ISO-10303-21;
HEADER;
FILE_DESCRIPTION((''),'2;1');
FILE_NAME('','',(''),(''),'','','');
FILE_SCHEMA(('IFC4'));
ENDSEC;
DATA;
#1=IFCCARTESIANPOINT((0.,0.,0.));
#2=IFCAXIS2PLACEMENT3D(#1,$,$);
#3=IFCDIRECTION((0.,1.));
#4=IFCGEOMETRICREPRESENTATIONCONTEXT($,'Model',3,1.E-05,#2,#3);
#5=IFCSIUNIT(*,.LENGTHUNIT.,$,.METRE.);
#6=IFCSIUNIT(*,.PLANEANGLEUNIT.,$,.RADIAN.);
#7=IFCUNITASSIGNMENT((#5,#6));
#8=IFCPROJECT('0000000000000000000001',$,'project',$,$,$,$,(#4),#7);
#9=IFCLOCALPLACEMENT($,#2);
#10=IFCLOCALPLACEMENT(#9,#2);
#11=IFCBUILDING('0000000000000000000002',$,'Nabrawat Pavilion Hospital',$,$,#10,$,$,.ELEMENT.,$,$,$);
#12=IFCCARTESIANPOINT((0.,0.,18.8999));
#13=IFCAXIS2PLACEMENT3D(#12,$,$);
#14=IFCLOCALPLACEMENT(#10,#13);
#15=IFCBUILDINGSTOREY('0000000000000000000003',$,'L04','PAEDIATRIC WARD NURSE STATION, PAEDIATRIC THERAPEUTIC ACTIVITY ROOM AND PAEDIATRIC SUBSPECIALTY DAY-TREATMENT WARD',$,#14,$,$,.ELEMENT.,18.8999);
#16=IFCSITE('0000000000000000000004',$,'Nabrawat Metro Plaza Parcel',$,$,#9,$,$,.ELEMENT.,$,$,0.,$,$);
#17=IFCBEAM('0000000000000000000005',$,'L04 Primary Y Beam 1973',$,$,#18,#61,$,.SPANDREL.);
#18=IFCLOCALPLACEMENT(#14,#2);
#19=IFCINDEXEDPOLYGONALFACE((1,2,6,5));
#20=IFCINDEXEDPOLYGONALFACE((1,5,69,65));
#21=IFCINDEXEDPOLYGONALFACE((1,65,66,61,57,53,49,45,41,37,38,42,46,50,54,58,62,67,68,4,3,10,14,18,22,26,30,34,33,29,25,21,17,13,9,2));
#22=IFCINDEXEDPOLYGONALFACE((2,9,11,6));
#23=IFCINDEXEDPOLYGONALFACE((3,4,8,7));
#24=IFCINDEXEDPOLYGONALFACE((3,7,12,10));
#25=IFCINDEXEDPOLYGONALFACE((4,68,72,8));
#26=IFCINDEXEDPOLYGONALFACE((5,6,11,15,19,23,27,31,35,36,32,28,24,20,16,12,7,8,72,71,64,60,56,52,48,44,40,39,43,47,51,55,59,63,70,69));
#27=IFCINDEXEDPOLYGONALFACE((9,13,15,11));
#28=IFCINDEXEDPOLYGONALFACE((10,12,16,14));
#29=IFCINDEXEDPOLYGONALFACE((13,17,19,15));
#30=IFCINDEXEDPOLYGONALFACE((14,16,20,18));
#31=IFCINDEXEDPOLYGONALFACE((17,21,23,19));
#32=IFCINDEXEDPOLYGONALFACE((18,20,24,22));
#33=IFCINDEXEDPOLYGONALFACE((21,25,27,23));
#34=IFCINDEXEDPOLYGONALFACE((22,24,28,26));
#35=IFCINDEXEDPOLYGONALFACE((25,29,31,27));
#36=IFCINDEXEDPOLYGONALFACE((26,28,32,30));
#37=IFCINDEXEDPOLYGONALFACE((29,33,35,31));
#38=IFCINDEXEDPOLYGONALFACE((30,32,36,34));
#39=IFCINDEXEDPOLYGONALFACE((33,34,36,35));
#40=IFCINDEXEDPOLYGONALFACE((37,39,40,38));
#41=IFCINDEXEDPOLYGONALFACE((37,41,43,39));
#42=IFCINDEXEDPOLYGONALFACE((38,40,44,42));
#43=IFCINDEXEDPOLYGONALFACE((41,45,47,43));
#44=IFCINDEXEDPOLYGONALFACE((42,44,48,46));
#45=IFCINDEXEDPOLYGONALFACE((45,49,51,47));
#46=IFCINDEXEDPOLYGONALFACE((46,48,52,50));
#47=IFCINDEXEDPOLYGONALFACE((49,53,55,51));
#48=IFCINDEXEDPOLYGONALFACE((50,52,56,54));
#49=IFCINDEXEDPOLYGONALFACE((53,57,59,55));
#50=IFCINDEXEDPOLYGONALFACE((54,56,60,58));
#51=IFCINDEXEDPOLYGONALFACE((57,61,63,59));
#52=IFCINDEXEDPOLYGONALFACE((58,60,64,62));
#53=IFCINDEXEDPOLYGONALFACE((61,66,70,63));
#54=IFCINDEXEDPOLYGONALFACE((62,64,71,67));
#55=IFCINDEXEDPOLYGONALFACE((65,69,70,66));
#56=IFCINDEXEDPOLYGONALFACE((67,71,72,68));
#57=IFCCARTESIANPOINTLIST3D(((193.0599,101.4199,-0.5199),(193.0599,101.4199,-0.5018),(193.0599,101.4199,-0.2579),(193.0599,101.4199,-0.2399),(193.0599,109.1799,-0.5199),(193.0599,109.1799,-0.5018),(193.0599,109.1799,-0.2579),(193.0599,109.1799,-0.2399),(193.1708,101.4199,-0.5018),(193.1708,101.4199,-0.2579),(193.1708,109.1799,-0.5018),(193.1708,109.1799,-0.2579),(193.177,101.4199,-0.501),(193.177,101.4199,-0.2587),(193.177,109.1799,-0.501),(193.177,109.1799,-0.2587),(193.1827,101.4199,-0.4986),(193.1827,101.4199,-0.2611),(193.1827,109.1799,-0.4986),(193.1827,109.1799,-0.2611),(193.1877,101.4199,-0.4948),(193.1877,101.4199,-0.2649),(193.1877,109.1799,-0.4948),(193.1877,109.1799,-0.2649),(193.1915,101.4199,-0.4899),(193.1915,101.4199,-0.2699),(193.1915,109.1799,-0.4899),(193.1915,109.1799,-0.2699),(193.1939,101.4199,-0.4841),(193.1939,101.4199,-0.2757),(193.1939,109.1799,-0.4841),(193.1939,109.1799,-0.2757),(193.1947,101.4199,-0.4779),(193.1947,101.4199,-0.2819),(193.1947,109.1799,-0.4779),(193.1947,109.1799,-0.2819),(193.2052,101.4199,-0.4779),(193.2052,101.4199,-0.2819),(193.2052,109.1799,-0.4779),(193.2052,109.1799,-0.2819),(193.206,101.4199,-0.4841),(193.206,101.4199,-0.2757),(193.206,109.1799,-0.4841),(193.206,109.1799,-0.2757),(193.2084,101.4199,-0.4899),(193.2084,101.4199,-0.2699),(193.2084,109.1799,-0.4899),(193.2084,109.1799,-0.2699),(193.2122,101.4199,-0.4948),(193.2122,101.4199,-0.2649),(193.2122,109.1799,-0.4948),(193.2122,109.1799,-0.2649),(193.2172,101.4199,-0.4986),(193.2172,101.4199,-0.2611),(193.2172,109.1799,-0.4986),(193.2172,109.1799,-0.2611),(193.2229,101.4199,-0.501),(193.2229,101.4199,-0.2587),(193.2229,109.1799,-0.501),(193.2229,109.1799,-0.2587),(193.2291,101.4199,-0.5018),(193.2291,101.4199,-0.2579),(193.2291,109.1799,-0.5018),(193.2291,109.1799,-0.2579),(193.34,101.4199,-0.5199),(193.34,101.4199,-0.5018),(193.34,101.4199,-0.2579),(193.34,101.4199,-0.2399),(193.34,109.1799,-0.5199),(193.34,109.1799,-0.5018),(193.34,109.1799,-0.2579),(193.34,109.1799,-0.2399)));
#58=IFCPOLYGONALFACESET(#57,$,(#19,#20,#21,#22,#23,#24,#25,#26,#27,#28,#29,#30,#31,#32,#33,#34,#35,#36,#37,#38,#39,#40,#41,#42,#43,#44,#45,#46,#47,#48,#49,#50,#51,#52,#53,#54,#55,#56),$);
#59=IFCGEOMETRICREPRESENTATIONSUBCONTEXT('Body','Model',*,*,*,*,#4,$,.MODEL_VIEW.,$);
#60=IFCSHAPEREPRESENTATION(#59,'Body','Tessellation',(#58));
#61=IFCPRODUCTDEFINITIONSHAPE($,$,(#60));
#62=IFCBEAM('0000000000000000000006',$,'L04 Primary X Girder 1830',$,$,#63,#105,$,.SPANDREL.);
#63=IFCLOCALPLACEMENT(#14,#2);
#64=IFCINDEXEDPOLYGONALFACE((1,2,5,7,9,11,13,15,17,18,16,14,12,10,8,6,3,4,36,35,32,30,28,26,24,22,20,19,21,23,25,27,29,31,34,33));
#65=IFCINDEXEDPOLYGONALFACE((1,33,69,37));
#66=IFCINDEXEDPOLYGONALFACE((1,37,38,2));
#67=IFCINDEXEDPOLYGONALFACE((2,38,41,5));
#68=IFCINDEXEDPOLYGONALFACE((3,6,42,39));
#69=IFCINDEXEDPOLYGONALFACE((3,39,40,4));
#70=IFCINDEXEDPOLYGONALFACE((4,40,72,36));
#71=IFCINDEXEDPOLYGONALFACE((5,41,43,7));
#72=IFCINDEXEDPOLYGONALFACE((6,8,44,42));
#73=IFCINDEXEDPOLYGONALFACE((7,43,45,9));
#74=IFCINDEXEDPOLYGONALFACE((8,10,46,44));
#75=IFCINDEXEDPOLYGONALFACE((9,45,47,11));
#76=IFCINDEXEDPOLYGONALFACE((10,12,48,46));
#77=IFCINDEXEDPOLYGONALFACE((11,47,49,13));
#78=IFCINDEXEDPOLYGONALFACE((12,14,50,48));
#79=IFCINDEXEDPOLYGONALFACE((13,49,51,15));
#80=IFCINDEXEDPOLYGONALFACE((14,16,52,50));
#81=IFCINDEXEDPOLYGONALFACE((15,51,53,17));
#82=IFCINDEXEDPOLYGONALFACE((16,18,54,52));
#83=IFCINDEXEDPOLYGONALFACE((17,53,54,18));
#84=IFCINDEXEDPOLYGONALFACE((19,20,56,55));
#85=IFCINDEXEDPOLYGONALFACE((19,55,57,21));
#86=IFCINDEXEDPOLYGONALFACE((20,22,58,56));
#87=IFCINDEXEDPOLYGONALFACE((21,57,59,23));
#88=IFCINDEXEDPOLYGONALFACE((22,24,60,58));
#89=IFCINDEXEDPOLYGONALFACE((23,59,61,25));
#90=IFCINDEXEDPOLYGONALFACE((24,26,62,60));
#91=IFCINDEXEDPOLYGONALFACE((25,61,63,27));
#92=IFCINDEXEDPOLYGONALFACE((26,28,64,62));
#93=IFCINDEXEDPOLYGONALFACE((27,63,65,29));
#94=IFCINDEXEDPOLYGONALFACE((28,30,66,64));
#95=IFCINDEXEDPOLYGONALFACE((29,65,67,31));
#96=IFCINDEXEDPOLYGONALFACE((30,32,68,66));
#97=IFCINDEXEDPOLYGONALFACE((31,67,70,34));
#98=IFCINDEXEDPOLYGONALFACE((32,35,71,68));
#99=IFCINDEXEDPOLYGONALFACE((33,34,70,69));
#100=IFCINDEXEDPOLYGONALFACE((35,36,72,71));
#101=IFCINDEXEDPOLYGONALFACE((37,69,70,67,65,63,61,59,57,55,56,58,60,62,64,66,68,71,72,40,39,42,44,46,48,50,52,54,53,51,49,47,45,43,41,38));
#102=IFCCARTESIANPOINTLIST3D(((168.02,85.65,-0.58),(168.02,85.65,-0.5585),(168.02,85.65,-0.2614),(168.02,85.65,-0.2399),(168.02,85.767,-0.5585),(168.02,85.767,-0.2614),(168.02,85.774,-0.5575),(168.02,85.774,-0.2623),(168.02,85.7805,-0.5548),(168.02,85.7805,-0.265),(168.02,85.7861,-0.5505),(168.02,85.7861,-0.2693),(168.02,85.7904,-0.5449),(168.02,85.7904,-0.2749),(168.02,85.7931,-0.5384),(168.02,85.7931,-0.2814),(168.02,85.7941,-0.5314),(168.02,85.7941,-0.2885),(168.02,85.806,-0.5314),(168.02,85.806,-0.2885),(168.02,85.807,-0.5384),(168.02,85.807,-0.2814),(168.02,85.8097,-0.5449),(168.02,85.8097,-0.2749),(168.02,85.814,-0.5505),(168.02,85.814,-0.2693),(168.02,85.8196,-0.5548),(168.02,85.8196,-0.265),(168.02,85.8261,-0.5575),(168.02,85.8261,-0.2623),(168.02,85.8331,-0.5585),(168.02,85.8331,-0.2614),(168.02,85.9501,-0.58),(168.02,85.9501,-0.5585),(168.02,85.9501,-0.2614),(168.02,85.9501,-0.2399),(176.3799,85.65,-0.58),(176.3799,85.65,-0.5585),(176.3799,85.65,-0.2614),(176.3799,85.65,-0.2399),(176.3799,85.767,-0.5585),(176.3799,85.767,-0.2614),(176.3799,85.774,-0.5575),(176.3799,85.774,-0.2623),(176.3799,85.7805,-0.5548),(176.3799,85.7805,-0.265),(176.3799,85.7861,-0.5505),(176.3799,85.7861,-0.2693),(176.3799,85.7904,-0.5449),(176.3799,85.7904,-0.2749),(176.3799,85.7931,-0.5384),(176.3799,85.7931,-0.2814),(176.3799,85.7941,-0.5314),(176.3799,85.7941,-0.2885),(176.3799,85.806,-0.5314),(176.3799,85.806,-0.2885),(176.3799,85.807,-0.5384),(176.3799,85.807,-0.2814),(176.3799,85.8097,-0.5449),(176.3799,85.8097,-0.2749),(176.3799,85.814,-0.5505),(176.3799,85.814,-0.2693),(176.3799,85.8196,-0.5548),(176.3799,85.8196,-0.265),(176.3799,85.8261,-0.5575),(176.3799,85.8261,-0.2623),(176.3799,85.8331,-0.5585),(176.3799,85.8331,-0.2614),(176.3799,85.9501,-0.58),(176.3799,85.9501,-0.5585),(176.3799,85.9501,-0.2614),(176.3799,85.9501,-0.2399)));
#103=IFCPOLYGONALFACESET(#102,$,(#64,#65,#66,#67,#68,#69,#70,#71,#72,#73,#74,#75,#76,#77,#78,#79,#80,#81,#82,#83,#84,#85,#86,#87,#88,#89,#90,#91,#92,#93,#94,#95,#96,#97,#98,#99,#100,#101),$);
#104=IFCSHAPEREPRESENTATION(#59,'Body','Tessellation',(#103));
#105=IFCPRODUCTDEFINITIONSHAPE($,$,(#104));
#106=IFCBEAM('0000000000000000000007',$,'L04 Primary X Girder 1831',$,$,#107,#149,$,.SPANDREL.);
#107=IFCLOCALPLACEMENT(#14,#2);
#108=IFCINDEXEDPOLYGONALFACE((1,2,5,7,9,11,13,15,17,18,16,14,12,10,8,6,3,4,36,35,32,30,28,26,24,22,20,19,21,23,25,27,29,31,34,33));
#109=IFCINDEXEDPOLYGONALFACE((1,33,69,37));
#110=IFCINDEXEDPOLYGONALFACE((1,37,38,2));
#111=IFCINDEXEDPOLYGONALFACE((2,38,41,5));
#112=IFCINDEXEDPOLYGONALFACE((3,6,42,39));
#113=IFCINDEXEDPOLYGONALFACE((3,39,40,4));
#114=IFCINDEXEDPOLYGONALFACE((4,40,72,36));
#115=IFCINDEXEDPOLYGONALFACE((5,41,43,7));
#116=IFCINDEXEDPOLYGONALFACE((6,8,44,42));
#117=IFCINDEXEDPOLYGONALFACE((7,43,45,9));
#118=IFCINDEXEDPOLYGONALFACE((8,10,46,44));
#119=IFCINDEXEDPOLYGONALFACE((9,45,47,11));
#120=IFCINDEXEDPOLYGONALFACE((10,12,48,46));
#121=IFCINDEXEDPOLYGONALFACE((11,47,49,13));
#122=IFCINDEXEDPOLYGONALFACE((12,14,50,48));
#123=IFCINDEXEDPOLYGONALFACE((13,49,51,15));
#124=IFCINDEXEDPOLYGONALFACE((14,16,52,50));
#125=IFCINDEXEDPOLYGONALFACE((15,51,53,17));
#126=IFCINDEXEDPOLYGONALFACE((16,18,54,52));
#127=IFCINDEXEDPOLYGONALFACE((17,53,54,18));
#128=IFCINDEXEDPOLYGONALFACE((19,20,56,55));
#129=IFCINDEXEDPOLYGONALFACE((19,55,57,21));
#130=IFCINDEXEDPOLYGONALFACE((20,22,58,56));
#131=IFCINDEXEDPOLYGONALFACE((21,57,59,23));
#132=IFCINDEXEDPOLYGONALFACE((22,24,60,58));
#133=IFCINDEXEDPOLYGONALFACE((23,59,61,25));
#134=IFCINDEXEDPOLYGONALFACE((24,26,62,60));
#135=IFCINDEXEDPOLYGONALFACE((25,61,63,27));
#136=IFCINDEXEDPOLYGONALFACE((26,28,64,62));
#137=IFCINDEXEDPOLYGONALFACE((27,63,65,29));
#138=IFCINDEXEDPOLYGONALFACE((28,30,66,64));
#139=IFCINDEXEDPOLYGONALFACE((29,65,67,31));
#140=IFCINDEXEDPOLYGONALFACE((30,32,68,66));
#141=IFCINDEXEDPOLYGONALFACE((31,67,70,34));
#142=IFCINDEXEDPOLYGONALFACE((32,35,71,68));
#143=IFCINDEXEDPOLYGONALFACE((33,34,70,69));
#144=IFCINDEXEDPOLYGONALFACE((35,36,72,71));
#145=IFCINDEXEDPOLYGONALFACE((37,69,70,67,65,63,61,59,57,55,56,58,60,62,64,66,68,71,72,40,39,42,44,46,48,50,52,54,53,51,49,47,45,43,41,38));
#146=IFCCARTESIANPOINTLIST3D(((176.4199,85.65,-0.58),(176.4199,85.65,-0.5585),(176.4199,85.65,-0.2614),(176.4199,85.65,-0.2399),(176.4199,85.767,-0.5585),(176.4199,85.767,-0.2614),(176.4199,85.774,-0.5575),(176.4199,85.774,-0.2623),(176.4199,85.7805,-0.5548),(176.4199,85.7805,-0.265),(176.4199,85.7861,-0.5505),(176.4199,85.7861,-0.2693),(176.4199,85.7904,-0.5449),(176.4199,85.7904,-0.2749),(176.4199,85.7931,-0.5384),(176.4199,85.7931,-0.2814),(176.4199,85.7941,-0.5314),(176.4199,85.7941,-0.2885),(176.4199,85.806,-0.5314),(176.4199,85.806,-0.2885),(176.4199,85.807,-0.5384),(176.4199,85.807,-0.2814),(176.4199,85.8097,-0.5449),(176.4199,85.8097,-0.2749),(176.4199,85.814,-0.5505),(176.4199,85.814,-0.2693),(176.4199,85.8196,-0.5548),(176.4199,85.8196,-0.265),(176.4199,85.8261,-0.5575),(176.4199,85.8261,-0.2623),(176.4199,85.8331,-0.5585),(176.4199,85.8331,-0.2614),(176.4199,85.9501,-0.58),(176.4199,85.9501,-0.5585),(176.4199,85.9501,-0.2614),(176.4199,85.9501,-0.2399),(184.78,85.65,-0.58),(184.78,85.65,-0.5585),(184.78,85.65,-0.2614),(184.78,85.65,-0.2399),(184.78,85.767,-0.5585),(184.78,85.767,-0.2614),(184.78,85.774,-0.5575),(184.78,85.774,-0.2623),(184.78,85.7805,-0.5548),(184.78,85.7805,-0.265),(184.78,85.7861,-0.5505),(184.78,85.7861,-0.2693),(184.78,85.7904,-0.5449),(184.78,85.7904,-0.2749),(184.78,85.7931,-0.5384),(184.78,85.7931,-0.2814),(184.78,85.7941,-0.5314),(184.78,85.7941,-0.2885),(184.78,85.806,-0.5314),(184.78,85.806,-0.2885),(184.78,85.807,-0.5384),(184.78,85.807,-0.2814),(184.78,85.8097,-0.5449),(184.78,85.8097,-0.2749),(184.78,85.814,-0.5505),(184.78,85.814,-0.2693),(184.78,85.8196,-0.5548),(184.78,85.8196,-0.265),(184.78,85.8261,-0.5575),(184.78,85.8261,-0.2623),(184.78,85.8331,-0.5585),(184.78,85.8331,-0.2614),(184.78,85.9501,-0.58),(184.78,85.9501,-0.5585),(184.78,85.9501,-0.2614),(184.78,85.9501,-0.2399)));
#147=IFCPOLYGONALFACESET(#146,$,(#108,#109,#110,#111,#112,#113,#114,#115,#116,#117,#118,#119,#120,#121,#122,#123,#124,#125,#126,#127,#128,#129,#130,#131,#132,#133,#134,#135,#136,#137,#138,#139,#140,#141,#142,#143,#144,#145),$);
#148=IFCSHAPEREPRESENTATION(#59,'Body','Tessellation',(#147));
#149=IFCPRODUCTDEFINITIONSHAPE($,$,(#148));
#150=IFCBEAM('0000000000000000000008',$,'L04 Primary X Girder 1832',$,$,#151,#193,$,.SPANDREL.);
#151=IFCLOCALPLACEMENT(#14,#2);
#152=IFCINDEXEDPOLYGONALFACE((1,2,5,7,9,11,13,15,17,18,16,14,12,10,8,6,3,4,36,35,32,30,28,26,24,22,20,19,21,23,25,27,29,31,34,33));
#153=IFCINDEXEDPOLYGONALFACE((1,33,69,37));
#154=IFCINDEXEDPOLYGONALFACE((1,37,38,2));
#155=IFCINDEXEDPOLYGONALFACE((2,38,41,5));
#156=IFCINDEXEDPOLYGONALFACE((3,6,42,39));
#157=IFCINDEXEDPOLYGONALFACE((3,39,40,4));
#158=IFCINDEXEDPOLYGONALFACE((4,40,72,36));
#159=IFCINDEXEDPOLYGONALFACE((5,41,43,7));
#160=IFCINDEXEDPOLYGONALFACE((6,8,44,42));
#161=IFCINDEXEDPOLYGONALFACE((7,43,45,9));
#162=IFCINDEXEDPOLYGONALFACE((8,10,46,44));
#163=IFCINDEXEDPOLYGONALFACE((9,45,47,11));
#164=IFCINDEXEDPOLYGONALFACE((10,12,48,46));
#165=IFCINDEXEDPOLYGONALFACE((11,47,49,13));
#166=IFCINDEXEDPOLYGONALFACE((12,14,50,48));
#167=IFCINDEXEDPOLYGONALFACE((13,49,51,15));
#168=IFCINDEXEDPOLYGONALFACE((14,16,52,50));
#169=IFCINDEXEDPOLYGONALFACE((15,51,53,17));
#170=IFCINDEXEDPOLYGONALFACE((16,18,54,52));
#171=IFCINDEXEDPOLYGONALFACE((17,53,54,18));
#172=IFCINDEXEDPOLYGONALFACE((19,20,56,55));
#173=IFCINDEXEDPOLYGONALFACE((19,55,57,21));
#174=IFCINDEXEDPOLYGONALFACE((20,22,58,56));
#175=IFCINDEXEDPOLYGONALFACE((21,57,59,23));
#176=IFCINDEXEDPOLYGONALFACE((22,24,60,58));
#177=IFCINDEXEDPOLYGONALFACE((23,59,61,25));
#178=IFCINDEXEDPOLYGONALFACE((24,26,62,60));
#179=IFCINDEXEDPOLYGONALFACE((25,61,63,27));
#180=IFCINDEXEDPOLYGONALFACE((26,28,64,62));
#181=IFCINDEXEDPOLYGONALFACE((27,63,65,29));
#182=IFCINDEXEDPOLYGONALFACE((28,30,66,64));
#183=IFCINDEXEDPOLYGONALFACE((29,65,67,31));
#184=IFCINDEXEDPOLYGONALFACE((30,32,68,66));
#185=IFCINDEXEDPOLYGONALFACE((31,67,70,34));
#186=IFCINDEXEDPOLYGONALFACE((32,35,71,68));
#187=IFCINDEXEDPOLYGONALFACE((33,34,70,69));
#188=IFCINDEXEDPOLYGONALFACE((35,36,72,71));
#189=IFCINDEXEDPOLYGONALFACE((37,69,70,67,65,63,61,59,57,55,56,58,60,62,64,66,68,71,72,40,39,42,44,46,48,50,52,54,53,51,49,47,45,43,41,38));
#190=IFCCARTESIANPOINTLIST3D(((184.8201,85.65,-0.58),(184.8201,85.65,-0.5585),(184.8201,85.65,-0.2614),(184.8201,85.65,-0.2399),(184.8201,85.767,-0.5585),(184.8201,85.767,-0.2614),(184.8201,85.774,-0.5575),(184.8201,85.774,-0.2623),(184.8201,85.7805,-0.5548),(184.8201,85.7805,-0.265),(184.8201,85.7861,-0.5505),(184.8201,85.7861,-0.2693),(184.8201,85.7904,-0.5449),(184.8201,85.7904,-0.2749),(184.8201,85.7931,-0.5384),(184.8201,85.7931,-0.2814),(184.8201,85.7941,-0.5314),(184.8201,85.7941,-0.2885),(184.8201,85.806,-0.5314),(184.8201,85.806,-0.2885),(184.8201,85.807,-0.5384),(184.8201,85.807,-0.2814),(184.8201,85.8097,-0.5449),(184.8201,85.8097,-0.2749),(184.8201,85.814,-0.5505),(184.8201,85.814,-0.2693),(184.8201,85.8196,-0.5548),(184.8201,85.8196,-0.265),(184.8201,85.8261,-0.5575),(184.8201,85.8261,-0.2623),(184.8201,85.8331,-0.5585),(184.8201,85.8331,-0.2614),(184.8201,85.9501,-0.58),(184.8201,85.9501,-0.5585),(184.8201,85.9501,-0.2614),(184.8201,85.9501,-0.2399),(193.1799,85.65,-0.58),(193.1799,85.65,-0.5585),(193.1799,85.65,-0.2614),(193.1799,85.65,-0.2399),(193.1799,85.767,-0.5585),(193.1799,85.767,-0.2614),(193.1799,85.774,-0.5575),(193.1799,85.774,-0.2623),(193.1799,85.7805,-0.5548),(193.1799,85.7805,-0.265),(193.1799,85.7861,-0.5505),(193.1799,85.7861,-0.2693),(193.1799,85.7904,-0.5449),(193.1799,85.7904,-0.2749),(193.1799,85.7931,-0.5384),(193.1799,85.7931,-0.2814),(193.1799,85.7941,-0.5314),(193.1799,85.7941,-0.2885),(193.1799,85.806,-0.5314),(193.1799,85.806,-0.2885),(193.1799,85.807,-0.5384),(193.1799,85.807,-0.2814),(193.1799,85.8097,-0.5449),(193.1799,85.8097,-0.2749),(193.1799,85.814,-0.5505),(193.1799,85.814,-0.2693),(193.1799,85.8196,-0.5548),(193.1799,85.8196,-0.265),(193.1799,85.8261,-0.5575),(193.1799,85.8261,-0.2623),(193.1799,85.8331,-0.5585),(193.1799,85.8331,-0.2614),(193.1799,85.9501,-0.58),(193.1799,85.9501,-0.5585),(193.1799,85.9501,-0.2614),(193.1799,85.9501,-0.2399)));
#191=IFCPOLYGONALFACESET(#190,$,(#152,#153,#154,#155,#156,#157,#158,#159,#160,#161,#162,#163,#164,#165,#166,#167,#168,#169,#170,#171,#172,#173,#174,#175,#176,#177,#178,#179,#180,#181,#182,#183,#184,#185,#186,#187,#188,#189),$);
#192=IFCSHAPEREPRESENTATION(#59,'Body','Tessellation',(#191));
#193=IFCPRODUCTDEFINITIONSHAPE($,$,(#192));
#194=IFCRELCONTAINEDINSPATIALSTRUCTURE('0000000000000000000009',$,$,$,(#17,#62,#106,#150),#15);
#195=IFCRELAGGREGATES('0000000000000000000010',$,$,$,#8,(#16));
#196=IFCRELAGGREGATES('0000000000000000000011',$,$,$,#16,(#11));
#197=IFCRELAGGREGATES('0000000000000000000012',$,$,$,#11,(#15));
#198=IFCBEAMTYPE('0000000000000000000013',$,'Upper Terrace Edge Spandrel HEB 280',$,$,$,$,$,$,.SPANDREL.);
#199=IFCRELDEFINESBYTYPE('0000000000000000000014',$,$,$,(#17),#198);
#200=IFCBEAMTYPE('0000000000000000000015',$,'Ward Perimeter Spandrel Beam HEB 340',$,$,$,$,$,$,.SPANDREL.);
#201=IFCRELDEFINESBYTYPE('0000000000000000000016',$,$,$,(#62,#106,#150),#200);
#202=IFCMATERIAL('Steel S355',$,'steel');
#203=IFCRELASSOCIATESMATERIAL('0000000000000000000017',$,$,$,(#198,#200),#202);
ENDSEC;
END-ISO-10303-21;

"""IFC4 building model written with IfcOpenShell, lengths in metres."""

from ifc_helpers import new_model, si_unit, direction, frame, origin, origin_2d, place, context, subcontext, project, spatial, i_section, extrude, material, material_profile, profile_set, type_object, element, save


model = new_model("IFC4")

# Units and contexts
model_context = context("Model", 3, precision=1e-05, world=origin(), true_north=direction((0.0, 1.0)))
body_context = subcontext(model_context, "Body", "Model", "MODEL_VIEW")
ifc_project = project(units=[si_unit("LENGTHUNIT", "METRE"), si_unit("PLANEANGLEUNIT", "RADIAN")], contexts=[model_context])

# Site, building, storey
site_placement = place(None, origin())
site = spatial("IfcSite", under=ifc_project, at=site_placement, Name="Nabrawat Metro Plaza Parcel", CompositionType="ELEMENT", RefElevation=0.0)
building_placement = place(site_placement, origin())
building = spatial("IfcBuilding", under=site, at=building_placement, Name="Nabrawat Pavilion Hospital", CompositionType="ELEMENT")
storey_placement = place(building_placement, frame((0.0, 0.0, 18.8999)))
storey = spatial("IfcBuildingStorey", under=building, at=storey_placement, Name="L04", Description="PAEDIATRIC WARD NURSE STATION, PAEDIATRIC THERAPEUTIC ACTIVITY ROOM AND PAEDIATRIC SUBSPECIALTY DAY-TREATMENT WARD", CompositionType="ELEMENT", Elevation=18.8999)

# Shared definitions
ifc_material_1 = material(Name="Steel S355", Category="steel")

# Beams
ifc_material_profile_1 = material_profile(ifc_material_1, i_section(OverallWidth=0.28, OverallDepth=0.28, WebThickness=0.0105, FlangeThickness=0.0181, FilletRadius=0.0239, at=origin_2d()), Name="HEB 280")
ifc_profile_set_1 = profile_set([ifc_material_profile_1], Name="Steel S355")
beam_type_1 = type_object("IfcBeamType", Name="Upper Terrace Edge Spandrel HEB 280", PredefinedType="SPANDREL", material=ifc_profile_set_1)
beam_1_placement = place(storey_placement, frame((193.2, 101.4199, -0.3799), z_axis=(0.0, 1.0, 0.0), x_axis=(-1.0, 0.0, 0.0)))
element("IfcBeam", 1, at=beam_1_placement, inside=storey, type_object=beam_type_1, Name="L04 Primary Y Beam 1973", PredefinedType="SPANDREL", context=body_context, shape_type="SweptSolid", body=[
    extrude(i_section(OverallWidth=0.28, OverallDepth=0.28, WebThickness=0.0105, FlangeThickness=0.0181, FilletRadius=0.0239, at=origin_2d()), origin(), (0.0, 0.0, 1.0), 7.76),
])
ifc_material_profile_2 = material_profile(ifc_material_1, i_section(OverallWidth=0.3, OverallDepth=0.3401, WebThickness=0.012, FlangeThickness=0.0215, FilletRadius=0.0271, at=origin_2d()), Name="HEB 340")
ifc_profile_set_2 = profile_set([ifc_material_profile_2], Name="Steel S355")
beam_type_2 = type_object("IfcBeamType", Name="Ward Perimeter Spandrel Beam HEB 340", PredefinedType="SPANDREL", material=ifc_profile_set_2)
beam_2_placement = place(storey_placement, frame((168.02, 85.8, -0.4099), z_axis=(1.0, 0.0, 0.0), x_axis=(0.0, 1.0, 0.0)))
element("IfcBeam", 2, at=beam_2_placement, inside=storey, type_object=beam_type_2, Name="L04 Primary X Girder 1830", PredefinedType="SPANDREL", context=body_context, shape_type="SweptSolid", body=[
    extrude(i_section(OverallWidth=0.3, OverallDepth=0.3401, WebThickness=0.012, FlangeThickness=0.0215, FilletRadius=0.0271, at=origin_2d()), origin(), (0.0, 0.0, 1.0), 8.3599),
])
beam_3_placement = place(storey_placement, frame((176.4199, 85.8, -0.4099), z_axis=(1.0, 0.0, 0.0), x_axis=(0.0, 1.0, 0.0)))
element("IfcBeam", 3, at=beam_3_placement, inside=storey, type_object=beam_type_2, Name="L04 Primary X Girder 1831", PredefinedType="SPANDREL", context=body_context, shape_type="SweptSolid", body=[
    extrude(i_section(OverallWidth=0.3, OverallDepth=0.3401, WebThickness=0.012, FlangeThickness=0.0215, FilletRadius=0.0271, at=origin_2d()), origin(), (0.0, 0.0, 1.0), 8.3601),
])
beam_4_placement = place(storey_placement, frame((184.8201, 85.8, -0.4099), z_axis=(1.0, 0.0, 0.0), x_axis=(0.0, 1.0, 0.0)))
element("IfcBeam", 4, at=beam_4_placement, inside=storey, type_object=beam_type_2, Name="L04 Primary X Girder 1832", PredefinedType="SPANDREL", context=body_context, shape_type="SweptSolid", body=[
    extrude(i_section(OverallWidth=0.3, OverallDepth=0.3401, WebThickness=0.012, FlangeThickness=0.0215, FilletRadius=0.0271, at=origin_2d()), origin(), (0.0, 0.0, 1.0), 8.3599),
])

save(model, "model.ifc")
